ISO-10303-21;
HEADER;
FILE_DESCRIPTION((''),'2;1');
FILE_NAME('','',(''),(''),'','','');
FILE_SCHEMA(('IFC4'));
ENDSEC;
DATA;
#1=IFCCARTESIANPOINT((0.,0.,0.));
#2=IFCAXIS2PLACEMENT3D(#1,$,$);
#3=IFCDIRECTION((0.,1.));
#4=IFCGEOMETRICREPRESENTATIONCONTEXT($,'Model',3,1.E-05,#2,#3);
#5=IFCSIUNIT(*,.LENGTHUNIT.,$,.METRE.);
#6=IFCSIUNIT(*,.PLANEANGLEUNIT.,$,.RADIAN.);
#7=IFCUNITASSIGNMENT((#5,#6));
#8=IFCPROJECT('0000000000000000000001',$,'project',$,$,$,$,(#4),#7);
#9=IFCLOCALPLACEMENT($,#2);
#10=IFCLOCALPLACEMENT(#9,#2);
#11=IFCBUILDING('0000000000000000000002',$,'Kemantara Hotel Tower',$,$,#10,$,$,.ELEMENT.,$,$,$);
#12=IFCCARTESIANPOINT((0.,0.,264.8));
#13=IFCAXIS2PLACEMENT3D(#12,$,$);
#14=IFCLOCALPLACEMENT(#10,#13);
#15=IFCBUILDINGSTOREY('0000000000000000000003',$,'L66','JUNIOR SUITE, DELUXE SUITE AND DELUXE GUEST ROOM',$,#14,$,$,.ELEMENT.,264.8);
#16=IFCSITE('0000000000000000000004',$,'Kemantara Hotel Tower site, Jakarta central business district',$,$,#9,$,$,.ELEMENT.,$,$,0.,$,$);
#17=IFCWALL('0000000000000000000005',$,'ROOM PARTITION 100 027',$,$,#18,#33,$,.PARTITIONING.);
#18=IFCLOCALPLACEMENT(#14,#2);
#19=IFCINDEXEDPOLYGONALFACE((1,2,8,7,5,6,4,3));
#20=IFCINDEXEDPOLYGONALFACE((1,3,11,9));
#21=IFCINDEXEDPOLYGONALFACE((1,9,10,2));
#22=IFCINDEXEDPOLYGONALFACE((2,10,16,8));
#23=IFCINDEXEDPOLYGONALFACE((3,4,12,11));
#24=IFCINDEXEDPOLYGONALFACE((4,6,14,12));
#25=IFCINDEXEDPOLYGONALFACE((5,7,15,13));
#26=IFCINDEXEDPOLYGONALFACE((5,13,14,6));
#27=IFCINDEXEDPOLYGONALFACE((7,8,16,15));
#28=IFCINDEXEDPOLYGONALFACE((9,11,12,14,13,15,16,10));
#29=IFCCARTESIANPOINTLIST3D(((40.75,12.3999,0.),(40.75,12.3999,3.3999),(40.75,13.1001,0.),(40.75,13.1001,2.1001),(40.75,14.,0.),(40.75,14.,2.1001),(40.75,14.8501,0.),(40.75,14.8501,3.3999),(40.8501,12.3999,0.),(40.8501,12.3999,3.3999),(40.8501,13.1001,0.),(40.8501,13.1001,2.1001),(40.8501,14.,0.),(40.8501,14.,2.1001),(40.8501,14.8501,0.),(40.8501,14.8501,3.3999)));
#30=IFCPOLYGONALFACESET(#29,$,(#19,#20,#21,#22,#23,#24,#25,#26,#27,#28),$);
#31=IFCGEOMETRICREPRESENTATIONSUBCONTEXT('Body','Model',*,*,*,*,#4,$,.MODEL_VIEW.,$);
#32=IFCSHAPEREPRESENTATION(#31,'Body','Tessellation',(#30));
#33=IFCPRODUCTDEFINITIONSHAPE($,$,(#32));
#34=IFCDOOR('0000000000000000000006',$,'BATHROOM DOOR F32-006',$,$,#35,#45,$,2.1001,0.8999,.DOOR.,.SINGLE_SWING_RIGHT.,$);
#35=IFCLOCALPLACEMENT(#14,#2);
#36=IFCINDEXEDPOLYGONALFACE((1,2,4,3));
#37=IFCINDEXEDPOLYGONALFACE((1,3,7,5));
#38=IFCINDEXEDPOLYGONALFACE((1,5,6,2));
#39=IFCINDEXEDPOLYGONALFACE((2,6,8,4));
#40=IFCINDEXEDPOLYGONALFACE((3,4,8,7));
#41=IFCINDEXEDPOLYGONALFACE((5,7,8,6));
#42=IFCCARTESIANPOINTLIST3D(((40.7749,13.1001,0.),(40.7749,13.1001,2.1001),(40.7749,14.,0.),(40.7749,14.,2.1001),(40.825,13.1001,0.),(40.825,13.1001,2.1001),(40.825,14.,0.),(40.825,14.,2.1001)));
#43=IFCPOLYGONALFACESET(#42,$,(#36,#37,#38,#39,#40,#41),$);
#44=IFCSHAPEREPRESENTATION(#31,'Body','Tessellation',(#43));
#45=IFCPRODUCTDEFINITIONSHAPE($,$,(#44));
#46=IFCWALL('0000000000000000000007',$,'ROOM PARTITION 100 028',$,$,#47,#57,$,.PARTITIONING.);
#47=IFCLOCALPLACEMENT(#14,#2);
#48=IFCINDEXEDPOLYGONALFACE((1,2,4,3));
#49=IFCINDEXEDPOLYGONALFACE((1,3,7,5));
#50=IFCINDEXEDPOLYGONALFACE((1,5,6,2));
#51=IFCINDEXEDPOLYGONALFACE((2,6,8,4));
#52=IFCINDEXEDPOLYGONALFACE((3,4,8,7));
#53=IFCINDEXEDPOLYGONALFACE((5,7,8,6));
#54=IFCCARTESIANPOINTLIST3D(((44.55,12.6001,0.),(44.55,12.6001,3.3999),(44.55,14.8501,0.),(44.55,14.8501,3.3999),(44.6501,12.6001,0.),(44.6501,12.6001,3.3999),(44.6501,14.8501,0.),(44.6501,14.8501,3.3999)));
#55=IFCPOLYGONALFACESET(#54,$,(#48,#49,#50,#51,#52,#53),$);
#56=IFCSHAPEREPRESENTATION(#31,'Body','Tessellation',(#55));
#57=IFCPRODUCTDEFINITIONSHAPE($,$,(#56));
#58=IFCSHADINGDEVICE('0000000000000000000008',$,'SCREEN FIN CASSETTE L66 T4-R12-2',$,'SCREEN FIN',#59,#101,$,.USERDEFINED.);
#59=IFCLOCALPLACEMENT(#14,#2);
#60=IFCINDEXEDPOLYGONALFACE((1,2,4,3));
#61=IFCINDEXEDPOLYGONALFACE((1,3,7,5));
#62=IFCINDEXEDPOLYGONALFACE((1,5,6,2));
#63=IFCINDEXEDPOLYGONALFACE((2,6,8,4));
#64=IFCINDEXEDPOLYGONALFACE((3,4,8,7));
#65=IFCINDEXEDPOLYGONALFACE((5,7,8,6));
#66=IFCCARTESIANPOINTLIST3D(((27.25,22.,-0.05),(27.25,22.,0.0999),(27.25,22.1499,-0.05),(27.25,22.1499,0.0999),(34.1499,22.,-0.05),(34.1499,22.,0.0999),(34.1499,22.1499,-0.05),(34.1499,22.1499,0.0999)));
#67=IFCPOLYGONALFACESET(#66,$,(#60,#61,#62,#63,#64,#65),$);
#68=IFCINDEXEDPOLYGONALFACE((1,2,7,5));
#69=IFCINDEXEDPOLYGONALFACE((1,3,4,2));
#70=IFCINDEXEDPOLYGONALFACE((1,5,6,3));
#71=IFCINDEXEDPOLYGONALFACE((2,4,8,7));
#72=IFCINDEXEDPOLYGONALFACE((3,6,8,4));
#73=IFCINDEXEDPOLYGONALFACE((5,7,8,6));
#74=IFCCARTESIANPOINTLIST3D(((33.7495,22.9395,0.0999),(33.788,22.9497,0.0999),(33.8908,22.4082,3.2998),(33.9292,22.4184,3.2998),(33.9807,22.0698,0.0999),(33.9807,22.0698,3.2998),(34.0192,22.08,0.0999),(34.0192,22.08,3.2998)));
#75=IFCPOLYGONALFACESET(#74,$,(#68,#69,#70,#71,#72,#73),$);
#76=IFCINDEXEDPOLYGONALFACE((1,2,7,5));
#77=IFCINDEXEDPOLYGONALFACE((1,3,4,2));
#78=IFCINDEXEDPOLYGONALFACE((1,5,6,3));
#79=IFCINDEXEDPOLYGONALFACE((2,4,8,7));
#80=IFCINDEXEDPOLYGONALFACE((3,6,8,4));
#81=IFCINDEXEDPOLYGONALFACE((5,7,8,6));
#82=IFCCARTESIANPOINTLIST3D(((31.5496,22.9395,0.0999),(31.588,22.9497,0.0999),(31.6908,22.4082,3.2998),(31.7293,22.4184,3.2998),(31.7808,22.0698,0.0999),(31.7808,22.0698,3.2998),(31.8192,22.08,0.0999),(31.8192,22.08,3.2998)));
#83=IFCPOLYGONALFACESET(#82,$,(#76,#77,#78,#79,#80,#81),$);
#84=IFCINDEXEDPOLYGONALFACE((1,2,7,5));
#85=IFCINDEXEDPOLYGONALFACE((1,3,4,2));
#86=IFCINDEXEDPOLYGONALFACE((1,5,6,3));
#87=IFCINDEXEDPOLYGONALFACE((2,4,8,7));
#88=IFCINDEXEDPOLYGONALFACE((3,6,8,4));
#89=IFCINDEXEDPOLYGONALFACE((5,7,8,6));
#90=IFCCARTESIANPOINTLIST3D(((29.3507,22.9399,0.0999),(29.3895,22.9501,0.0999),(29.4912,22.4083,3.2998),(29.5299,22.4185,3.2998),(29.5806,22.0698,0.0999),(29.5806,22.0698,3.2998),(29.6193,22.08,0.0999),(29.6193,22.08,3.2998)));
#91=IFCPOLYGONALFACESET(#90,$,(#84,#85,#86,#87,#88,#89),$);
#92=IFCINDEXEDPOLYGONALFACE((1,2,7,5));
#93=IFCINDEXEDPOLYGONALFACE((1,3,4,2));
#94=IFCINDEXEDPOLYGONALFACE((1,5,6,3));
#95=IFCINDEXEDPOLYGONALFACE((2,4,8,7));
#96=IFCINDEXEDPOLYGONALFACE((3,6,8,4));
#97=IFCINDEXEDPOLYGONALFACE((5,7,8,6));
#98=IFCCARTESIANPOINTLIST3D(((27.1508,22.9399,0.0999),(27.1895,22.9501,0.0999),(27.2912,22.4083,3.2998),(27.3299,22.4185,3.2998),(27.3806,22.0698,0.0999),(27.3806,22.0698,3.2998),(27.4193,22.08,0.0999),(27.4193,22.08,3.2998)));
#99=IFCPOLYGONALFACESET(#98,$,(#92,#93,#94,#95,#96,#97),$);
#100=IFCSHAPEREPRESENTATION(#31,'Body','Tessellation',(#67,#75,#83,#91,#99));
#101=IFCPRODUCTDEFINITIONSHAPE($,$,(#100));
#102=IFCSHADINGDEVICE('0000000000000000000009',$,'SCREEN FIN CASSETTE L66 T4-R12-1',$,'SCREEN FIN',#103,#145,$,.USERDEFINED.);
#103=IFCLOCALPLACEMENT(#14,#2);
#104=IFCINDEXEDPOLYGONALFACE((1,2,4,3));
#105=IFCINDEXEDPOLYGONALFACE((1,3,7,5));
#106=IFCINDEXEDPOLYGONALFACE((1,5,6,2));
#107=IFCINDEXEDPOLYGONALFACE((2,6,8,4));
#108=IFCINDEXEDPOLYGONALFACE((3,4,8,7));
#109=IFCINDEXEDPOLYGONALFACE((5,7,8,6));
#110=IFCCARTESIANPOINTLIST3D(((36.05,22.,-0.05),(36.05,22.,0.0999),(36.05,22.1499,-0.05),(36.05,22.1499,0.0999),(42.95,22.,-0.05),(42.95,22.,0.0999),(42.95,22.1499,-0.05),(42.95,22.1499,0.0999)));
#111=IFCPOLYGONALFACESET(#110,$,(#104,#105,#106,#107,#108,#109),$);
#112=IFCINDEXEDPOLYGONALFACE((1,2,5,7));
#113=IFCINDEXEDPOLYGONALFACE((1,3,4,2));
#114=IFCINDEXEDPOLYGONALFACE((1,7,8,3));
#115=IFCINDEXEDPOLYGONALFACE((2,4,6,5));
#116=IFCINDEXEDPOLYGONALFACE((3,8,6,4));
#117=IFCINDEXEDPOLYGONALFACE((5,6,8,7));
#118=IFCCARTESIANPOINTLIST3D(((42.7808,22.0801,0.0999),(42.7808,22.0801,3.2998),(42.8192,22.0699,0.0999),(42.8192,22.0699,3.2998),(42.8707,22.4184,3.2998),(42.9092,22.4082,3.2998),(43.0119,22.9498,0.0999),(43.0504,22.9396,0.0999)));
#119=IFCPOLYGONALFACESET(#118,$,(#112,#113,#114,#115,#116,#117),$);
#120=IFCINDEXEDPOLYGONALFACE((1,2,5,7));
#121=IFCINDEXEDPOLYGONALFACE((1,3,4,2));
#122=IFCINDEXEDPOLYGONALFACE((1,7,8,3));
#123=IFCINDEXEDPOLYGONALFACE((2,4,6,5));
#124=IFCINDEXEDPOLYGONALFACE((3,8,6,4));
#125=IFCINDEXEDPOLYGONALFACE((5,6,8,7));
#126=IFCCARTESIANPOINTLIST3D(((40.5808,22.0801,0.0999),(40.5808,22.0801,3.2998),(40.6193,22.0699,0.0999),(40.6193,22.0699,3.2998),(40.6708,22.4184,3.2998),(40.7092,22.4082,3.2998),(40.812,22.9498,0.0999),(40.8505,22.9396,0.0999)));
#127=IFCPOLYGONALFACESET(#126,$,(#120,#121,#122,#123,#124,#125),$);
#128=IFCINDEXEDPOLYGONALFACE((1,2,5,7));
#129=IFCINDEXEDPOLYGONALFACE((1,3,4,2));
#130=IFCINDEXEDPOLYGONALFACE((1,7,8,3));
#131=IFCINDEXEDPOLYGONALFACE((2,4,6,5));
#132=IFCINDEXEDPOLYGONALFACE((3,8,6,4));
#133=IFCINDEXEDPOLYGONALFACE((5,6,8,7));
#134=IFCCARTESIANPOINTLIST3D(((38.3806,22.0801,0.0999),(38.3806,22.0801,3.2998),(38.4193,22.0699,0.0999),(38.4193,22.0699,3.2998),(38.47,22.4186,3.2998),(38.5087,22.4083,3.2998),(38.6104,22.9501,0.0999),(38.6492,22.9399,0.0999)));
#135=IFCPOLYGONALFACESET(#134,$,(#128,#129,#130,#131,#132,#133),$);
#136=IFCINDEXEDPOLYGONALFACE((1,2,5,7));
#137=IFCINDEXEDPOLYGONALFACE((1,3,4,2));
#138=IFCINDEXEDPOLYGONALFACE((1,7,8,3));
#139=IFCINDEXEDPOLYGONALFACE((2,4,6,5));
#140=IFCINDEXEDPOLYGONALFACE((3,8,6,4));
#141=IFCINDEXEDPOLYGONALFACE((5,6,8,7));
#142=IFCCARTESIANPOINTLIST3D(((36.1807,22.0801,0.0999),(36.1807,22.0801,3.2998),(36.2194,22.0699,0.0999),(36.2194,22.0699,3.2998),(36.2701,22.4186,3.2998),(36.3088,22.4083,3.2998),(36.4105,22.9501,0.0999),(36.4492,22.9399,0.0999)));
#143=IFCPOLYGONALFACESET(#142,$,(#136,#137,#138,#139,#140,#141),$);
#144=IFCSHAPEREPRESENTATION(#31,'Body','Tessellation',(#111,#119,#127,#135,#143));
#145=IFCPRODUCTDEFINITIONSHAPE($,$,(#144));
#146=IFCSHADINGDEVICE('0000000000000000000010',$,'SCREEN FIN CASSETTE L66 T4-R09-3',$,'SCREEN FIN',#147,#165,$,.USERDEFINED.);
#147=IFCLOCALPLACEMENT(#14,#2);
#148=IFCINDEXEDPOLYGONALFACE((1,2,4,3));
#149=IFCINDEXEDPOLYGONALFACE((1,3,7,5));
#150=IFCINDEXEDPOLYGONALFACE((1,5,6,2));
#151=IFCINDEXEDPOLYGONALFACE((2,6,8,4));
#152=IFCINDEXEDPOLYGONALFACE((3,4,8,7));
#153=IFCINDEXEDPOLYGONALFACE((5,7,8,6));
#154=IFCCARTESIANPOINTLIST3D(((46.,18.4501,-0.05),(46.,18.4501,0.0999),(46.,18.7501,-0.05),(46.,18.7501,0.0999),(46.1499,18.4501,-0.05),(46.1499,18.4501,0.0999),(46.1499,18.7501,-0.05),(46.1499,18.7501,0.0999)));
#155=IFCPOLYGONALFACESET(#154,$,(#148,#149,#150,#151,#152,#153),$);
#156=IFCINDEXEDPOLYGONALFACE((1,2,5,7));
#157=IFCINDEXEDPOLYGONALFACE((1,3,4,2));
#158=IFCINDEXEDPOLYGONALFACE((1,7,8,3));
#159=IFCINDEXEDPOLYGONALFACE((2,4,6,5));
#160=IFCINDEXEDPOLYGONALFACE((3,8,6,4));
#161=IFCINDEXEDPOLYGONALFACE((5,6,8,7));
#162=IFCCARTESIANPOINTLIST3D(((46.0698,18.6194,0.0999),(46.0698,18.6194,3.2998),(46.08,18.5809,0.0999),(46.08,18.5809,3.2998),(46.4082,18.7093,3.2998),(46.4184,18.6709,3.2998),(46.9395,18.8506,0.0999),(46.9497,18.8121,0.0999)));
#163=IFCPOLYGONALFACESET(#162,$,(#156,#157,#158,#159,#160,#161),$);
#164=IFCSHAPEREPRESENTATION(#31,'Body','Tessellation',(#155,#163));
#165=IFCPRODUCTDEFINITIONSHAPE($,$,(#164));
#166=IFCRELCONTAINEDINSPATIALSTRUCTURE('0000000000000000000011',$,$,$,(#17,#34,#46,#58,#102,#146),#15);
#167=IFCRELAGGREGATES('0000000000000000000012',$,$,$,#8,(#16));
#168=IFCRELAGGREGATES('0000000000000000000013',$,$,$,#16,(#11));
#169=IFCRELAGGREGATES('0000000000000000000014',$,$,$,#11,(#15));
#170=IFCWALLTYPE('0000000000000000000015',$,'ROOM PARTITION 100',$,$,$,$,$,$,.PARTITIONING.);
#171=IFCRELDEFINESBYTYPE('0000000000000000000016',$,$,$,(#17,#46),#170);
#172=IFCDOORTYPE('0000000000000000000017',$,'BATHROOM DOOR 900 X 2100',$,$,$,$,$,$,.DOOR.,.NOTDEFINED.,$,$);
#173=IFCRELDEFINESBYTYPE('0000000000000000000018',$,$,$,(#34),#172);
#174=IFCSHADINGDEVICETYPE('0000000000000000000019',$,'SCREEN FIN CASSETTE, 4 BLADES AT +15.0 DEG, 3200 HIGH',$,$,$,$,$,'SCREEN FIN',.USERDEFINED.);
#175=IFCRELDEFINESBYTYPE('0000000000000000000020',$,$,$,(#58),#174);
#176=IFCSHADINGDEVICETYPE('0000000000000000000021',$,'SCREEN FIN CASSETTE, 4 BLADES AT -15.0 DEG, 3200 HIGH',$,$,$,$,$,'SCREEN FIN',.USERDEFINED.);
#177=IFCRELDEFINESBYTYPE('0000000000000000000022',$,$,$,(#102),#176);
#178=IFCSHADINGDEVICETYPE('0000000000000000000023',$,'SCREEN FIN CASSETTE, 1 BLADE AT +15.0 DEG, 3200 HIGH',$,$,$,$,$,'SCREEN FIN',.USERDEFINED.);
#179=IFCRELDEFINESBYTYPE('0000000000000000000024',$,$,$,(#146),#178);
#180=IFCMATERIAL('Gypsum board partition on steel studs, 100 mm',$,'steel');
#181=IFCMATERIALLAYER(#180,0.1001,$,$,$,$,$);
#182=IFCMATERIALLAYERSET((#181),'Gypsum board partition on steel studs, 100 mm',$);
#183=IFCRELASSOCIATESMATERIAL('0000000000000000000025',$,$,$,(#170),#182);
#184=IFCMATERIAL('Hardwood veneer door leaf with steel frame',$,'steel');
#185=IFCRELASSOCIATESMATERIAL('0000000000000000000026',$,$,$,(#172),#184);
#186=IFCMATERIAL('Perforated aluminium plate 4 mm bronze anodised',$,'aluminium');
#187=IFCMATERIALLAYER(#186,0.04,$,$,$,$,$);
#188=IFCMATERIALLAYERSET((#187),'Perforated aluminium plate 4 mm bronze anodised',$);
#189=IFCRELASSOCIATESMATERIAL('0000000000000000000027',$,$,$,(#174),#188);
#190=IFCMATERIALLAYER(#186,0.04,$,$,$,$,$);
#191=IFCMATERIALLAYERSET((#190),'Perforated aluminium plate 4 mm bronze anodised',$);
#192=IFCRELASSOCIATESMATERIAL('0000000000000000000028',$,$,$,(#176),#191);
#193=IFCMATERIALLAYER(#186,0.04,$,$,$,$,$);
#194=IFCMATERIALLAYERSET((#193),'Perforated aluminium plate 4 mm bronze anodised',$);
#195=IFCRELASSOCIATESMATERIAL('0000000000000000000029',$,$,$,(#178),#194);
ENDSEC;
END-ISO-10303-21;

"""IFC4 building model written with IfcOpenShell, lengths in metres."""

from ifc_helpers import new_model, si_unit, direction, frame, frame_2d, origin, origin_2d, place, context, subcontext, project, spatial, polyline, rectangle, outline, extrude, source, transform, mapped, material, layer, layer_set, type_object, element, fill, save


model = new_model("IFC4")

# Units and contexts
model_context = context("Model", 3, precision=1e-05, world=origin(), true_north=direction((0.0, 1.0)))
body_context = subcontext(model_context, "Body", "Model", "MODEL_VIEW")
ifc_project = project(units=[si_unit("LENGTHUNIT", "METRE"), si_unit("PLANEANGLEUNIT", "RADIAN")], contexts=[model_context])

# Site, building, storey
site_placement = place(None, origin())
site = spatial("IfcSite", under=ifc_project, at=site_placement, Name="Kemantara Hotel Tower site, Jakarta central business district", CompositionType="ELEMENT", RefElevation=0.0)
building_placement = place(site_placement, origin())
building = spatial("IfcBuilding", under=site, at=building_placement, Name="Kemantara Hotel Tower", CompositionType="ELEMENT")
storey_placement = place(building_placement, frame((0.0, 0.0, 264.8)))
storey = spatial("IfcBuildingStorey", under=building, at=storey_placement, Name="L66", Description="JUNIOR SUITE, DELUXE SUITE AND DELUXE GUEST ROOM", CompositionType="ELEMENT", Elevation=264.8)

# Shared definitions
ifc_material_1 = material(Name="Gypsum board partition on steel studs, 100 mm", Category="steel")
ifc_layer_1 = layer(ifc_material_1, 0.1001)
ifc_layer_set_1 = layer_set([ifc_layer_1], Name="Gypsum board partition on steel studs, 100 mm")
wall_type_1 = type_object("IfcWallType", Name="ROOM PARTITION 100", PredefinedType="PARTITIONING", material=ifc_layer_set_1)

# Wall, opening, door
wall_1_placement = place(storey_placement, frame((40.8, 14.8501, 0.0), z_axis=(0.0, 0.0, 1.0), x_axis=(0.0, -1.0, 0.0)))
wall_1 = element("IfcWall", 1, at=wall_1_placement, inside=storey, type_object=wall_type_1, Name="ROOM PARTITION 100 027", PredefinedType="PARTITIONING", context=body_context, shape_type="SweptSolid", body=[
    extrude(rectangle(XDim=2.4502, YDim=0.1001, at=frame_2d((1.2251, 0.0))), origin(), (0.0, 0.0, 1.0), 3.3999),
])
opening_placement = place(wall_1_placement, frame((0.8501, 0.0, 0.0)))
opening = element("IfcOpeningElement", 2, at=opening_placement, cuts=wall_1, PredefinedType="OPENING", context=body_context, shape_type="SweptSolid", body=[
    extrude(rectangle(XDim=0.8999, YDim=2.1001, at=frame_2d((0.45, 1.05))), frame((0.0, 0.0601, 0.0), z_axis=(0.0, -1.0, 0.0), x_axis=(1.0, 0.0, 0.0)), (0.0, 0.0, 1.0), 0.1201),
])
ifc_material_2 = material(Name="Hardwood veneer door leaf with steel frame", Category="steel")
door_type = type_object("IfcDoorType", Name="BATHROOM DOOR 900 X 2100", OperationType="NOTDEFINED", PredefinedType="DOOR", material=ifc_material_2)
door_placement = place(opening_placement, origin())
door = element("IfcDoor", 3, at=door_placement, inside=storey, type_object=door_type, Name="BATHROOM DOOR F32-006", OperationType="SINGLE_SWING_RIGHT", OverallHeight=2.1001, OverallWidth=0.8999, PredefinedType="DOOR", context=body_context, shape_type="SweptSolid", body=[
    extrude(rectangle(XDim=0.8999, YDim=2.1001, at=frame_2d((0.45, 1.05))), frame((0.0, 0.0249, 0.0), z_axis=(0.0, -1.0, 0.0), x_axis=(1.0, 0.0, 0.0)), (0.0, 0.0, 1.0), 0.05),
])
fill(opening, door)

# Wall
wall_2_placement = place(storey_placement, frame((44.6001, 12.6001, 0.0), z_axis=(0.0, 0.0, 1.0), x_axis=(0.0, 1.0, 0.0)))
element("IfcWall", 4, at=wall_2_placement, inside=storey, type_object=wall_type_1, Name="ROOM PARTITION 100 028", PredefinedType="PARTITIONING", context=body_context, shape_type="SweptSolid", body=[
    extrude(rectangle(XDim=2.25, YDim=0.1001, at=frame_2d((1.125, 0.0))), origin(), (0.0, 0.0, 1.0), 3.3999),
])

# Shading devices
ifc_material_3 = material(Name="Perforated aluminium plate 4 mm bronze anodised", Category="aluminium")
ifc_layer_2 = layer(ifc_material_3, 0.04)
ifc_layer_set_2 = layer_set([ifc_layer_2], Name="Perforated aluminium plate 4 mm bronze anodised")
shading_device_type_1 = type_object("IfcShadingDeviceType", Name="SCREEN FIN CASSETTE, 4 BLADES AT +15.0 DEG, 3200 HIGH", ElementType="SCREEN FIN", PredefinedType="USERDEFINED", material=ifc_layer_set_2)
shared_shape_1 = source(origin(), body_context, "Body", "SweptSolid", [
    extrude(rectangle(XDim=6.8999, YDim=0.1499, at=origin_2d()), frame((3.3, -0.075, -0.1499), z_axis=(0.0, 0.0, 1.0), x_axis=(1.0, 0.0, 0.0)), (0.0, 0.0, 1.0), 0.1499),
    extrude(outline(polyline([(0.0, 0.0), (0.8999, 0.0), (0.3501, 3.2), (0.0, 3.2), (0.0, 0.0)])), frame((0.0193, -0.0698, 0.0), z_axis=(-0.966438, -0.256901, 0.0), x_axis=(0.256901, -0.966438, 0.0)), (0.0, 0.0, 1.0), 0.0398),
    extrude(outline(polyline([(0.0, 0.0), (0.8999, 0.0), (0.3501, 3.2), (0.0, 3.2), (0.0, 0.0)])), frame((2.2192, -0.0698, 0.0), z_axis=(-0.966438, -0.256901, 0.0), x_axis=(0.256901, -0.966438, 0.0)), (0.0, 0.0, 1.0), 0.0398),
    extrude(outline(polyline([(0.0, 0.0), (0.8999, 0.0), (0.3501, 3.2), (0.0, 3.2), (0.0, 0.0)])), frame((4.4194, -0.0698, 0.0), z_axis=(-0.966838, -0.255391, 0.0), x_axis=(0.255391, -0.966838, 0.0)), (0.0, 0.0, 1.0), 0.04),
    extrude(outline(polyline([(0.0, 0.0), (0.8999, 0.0), (0.3501, 3.2), (0.0, 3.2), (0.0, 0.0)])), frame((6.6194, -0.0698, 0.0), z_axis=(-0.966838, -0.255391, 0.0), x_axis=(0.255391, -0.966838, 0.0)), (0.0, 0.0, 1.0), 0.04),
])
shading_device_1_placement = place(storey_placement, frame((34.0, 22.0, 0.0999), z_axis=(0.0, 0.0, 1.0), x_axis=(-1.0, 0.0, 0.0)))
element("IfcShadingDevice", 5, at=shading_device_1_placement, inside=storey, type_object=shading_device_type_1, Name="SCREEN FIN CASSETTE L66 T4-R12-2", ObjectType="SCREEN FIN", PredefinedType="USERDEFINED", context=body_context, shape_type="MappedRepresentation", body=[
    mapped(shared_shape_1, transform((0.0, 0.0, 0.0))),
])
ifc_layer_3 = layer(ifc_material_3, 0.04)
ifc_layer_set_3 = layer_set([ifc_layer_3], Name="Perforated aluminium plate 4 mm bronze anodised")
shading_device_type_2 = type_object("IfcShadingDeviceType", Name="SCREEN FIN CASSETTE, 4 BLADES AT -15.0 DEG, 3200 HIGH", ElementType="SCREEN FIN", PredefinedType="USERDEFINED", material=ifc_layer_set_3)
shared_shape_2 = source(origin(), body_context, "Body", "SweptSolid", [
    extrude(rectangle(XDim=6.8999, YDim=0.1499, at=origin_2d()), frame((3.3, -0.075, -0.1499), z_axis=(0.0, 0.0, 1.0), x_axis=(1.0, 0.0, 0.0)), (0.0, 0.0, 1.0), 0.1499),
    extrude(outline(polyline([(0.0, 0.0), (0.8999, 0.0), (0.3501, 3.2), (0.0, 3.2), (0.0, 0.0)])), frame((0.0193, -0.0801, 0.0), z_axis=(-0.966438, 0.256901, 0.0), x_axis=(-0.256901, -0.966438, 0.0)), (0.0, 0.0, 1.0), 0.0398),
    extrude(outline(polyline([(0.0, 0.0), (0.8999, 0.0), (0.3501, 3.2), (0.0, 3.2), (0.0, 0.0)])), frame((2.2192, -0.0801, 0.0), z_axis=(-0.966438, 0.256901, 0.0), x_axis=(-0.256901, -0.966438, 0.0)), (0.0, 0.0, 1.0), 0.0398),
    extrude(outline(polyline([(0.0, 0.0), (0.8999, 0.0), (0.3501, 3.2), (0.0, 3.2), (0.0, 0.0)])), frame((4.4194, -0.0801, 0.0), z_axis=(-0.966838, 0.255391, 0.0), x_axis=(-0.255391, -0.966838, 0.0)), (0.0, 0.0, 1.0), 0.04),
    extrude(outline(polyline([(0.0, 0.0), (0.8999, 0.0), (0.3501, 3.2), (0.0, 3.2), (0.0, 0.0)])), frame((6.6194, -0.0801, 0.0), z_axis=(-0.966838, 0.255391, 0.0), x_axis=(-0.255391, -0.966838, 0.0)), (0.0, 0.0, 1.0), 0.04),
])
shading_device_2_placement = place(storey_placement, frame((42.8, 22.0, 0.0999), z_axis=(0.0, 0.0, 1.0), x_axis=(-1.0, 0.0, 0.0)))
element("IfcShadingDevice", 6, at=shading_device_2_placement, inside=storey, type_object=shading_device_type_2, Name="SCREEN FIN CASSETTE L66 T4-R12-1", ObjectType="SCREEN FIN", PredefinedType="USERDEFINED", context=body_context, shape_type="MappedRepresentation", body=[
    mapped(shared_shape_2, transform((0.0, 0.0, 0.0))),
])
ifc_layer_4 = layer(ifc_material_3, 0.04)
ifc_layer_set_4 = layer_set([ifc_layer_4], Name="Perforated aluminium plate 4 mm bronze anodised")
shading_device_type_3 = type_object("IfcShadingDeviceType", Name="SCREEN FIN CASSETTE, 1 BLADE AT +15.0 DEG, 3200 HIGH", ElementType="SCREEN FIN", PredefinedType="USERDEFINED", material=ifc_layer_set_4)
shared_shape_3 = source(origin(), body_context, "Body", "SweptSolid", [
    extrude(rectangle(XDim=0.3, YDim=0.1499, at=origin_2d()), frame((0.0, -0.075, -0.1499), z_axis=(0.0, 0.0, 1.0), x_axis=(1.0, 0.0, 0.0)), (0.0, 0.0, 1.0), 0.1499),
    extrude(outline(polyline([(0.0, 0.0), (0.8999, 0.0), (0.3501, 3.2), (0.0, 3.2), (0.0, 0.0)])), frame((0.0193, -0.0698, 0.0), z_axis=(-0.966438, -0.256901, 0.0), x_axis=(0.256901, -0.966438, 0.0)), (0.0, 0.0, 1.0), 0.0398),
])
shading_device_3_placement = place(storey_placement, frame((46.0, 18.6001, 0.0999), z_axis=(0.0, 0.0, 1.0), x_axis=(0.0, 1.0, 0.0)))
element("IfcShadingDevice", 7, at=shading_device_3_placement, inside=storey, type_object=shading_device_type_3, Name="SCREEN FIN CASSETTE L66 T4-R09-3", ObjectType="SCREEN FIN", PredefinedType="USERDEFINED", context=body_context, shape_type="MappedRepresentation", body=[
    mapped(shared_shape_3, transform((0.0, 0.0, 0.0))),
])

save(model, "model.ifc")
